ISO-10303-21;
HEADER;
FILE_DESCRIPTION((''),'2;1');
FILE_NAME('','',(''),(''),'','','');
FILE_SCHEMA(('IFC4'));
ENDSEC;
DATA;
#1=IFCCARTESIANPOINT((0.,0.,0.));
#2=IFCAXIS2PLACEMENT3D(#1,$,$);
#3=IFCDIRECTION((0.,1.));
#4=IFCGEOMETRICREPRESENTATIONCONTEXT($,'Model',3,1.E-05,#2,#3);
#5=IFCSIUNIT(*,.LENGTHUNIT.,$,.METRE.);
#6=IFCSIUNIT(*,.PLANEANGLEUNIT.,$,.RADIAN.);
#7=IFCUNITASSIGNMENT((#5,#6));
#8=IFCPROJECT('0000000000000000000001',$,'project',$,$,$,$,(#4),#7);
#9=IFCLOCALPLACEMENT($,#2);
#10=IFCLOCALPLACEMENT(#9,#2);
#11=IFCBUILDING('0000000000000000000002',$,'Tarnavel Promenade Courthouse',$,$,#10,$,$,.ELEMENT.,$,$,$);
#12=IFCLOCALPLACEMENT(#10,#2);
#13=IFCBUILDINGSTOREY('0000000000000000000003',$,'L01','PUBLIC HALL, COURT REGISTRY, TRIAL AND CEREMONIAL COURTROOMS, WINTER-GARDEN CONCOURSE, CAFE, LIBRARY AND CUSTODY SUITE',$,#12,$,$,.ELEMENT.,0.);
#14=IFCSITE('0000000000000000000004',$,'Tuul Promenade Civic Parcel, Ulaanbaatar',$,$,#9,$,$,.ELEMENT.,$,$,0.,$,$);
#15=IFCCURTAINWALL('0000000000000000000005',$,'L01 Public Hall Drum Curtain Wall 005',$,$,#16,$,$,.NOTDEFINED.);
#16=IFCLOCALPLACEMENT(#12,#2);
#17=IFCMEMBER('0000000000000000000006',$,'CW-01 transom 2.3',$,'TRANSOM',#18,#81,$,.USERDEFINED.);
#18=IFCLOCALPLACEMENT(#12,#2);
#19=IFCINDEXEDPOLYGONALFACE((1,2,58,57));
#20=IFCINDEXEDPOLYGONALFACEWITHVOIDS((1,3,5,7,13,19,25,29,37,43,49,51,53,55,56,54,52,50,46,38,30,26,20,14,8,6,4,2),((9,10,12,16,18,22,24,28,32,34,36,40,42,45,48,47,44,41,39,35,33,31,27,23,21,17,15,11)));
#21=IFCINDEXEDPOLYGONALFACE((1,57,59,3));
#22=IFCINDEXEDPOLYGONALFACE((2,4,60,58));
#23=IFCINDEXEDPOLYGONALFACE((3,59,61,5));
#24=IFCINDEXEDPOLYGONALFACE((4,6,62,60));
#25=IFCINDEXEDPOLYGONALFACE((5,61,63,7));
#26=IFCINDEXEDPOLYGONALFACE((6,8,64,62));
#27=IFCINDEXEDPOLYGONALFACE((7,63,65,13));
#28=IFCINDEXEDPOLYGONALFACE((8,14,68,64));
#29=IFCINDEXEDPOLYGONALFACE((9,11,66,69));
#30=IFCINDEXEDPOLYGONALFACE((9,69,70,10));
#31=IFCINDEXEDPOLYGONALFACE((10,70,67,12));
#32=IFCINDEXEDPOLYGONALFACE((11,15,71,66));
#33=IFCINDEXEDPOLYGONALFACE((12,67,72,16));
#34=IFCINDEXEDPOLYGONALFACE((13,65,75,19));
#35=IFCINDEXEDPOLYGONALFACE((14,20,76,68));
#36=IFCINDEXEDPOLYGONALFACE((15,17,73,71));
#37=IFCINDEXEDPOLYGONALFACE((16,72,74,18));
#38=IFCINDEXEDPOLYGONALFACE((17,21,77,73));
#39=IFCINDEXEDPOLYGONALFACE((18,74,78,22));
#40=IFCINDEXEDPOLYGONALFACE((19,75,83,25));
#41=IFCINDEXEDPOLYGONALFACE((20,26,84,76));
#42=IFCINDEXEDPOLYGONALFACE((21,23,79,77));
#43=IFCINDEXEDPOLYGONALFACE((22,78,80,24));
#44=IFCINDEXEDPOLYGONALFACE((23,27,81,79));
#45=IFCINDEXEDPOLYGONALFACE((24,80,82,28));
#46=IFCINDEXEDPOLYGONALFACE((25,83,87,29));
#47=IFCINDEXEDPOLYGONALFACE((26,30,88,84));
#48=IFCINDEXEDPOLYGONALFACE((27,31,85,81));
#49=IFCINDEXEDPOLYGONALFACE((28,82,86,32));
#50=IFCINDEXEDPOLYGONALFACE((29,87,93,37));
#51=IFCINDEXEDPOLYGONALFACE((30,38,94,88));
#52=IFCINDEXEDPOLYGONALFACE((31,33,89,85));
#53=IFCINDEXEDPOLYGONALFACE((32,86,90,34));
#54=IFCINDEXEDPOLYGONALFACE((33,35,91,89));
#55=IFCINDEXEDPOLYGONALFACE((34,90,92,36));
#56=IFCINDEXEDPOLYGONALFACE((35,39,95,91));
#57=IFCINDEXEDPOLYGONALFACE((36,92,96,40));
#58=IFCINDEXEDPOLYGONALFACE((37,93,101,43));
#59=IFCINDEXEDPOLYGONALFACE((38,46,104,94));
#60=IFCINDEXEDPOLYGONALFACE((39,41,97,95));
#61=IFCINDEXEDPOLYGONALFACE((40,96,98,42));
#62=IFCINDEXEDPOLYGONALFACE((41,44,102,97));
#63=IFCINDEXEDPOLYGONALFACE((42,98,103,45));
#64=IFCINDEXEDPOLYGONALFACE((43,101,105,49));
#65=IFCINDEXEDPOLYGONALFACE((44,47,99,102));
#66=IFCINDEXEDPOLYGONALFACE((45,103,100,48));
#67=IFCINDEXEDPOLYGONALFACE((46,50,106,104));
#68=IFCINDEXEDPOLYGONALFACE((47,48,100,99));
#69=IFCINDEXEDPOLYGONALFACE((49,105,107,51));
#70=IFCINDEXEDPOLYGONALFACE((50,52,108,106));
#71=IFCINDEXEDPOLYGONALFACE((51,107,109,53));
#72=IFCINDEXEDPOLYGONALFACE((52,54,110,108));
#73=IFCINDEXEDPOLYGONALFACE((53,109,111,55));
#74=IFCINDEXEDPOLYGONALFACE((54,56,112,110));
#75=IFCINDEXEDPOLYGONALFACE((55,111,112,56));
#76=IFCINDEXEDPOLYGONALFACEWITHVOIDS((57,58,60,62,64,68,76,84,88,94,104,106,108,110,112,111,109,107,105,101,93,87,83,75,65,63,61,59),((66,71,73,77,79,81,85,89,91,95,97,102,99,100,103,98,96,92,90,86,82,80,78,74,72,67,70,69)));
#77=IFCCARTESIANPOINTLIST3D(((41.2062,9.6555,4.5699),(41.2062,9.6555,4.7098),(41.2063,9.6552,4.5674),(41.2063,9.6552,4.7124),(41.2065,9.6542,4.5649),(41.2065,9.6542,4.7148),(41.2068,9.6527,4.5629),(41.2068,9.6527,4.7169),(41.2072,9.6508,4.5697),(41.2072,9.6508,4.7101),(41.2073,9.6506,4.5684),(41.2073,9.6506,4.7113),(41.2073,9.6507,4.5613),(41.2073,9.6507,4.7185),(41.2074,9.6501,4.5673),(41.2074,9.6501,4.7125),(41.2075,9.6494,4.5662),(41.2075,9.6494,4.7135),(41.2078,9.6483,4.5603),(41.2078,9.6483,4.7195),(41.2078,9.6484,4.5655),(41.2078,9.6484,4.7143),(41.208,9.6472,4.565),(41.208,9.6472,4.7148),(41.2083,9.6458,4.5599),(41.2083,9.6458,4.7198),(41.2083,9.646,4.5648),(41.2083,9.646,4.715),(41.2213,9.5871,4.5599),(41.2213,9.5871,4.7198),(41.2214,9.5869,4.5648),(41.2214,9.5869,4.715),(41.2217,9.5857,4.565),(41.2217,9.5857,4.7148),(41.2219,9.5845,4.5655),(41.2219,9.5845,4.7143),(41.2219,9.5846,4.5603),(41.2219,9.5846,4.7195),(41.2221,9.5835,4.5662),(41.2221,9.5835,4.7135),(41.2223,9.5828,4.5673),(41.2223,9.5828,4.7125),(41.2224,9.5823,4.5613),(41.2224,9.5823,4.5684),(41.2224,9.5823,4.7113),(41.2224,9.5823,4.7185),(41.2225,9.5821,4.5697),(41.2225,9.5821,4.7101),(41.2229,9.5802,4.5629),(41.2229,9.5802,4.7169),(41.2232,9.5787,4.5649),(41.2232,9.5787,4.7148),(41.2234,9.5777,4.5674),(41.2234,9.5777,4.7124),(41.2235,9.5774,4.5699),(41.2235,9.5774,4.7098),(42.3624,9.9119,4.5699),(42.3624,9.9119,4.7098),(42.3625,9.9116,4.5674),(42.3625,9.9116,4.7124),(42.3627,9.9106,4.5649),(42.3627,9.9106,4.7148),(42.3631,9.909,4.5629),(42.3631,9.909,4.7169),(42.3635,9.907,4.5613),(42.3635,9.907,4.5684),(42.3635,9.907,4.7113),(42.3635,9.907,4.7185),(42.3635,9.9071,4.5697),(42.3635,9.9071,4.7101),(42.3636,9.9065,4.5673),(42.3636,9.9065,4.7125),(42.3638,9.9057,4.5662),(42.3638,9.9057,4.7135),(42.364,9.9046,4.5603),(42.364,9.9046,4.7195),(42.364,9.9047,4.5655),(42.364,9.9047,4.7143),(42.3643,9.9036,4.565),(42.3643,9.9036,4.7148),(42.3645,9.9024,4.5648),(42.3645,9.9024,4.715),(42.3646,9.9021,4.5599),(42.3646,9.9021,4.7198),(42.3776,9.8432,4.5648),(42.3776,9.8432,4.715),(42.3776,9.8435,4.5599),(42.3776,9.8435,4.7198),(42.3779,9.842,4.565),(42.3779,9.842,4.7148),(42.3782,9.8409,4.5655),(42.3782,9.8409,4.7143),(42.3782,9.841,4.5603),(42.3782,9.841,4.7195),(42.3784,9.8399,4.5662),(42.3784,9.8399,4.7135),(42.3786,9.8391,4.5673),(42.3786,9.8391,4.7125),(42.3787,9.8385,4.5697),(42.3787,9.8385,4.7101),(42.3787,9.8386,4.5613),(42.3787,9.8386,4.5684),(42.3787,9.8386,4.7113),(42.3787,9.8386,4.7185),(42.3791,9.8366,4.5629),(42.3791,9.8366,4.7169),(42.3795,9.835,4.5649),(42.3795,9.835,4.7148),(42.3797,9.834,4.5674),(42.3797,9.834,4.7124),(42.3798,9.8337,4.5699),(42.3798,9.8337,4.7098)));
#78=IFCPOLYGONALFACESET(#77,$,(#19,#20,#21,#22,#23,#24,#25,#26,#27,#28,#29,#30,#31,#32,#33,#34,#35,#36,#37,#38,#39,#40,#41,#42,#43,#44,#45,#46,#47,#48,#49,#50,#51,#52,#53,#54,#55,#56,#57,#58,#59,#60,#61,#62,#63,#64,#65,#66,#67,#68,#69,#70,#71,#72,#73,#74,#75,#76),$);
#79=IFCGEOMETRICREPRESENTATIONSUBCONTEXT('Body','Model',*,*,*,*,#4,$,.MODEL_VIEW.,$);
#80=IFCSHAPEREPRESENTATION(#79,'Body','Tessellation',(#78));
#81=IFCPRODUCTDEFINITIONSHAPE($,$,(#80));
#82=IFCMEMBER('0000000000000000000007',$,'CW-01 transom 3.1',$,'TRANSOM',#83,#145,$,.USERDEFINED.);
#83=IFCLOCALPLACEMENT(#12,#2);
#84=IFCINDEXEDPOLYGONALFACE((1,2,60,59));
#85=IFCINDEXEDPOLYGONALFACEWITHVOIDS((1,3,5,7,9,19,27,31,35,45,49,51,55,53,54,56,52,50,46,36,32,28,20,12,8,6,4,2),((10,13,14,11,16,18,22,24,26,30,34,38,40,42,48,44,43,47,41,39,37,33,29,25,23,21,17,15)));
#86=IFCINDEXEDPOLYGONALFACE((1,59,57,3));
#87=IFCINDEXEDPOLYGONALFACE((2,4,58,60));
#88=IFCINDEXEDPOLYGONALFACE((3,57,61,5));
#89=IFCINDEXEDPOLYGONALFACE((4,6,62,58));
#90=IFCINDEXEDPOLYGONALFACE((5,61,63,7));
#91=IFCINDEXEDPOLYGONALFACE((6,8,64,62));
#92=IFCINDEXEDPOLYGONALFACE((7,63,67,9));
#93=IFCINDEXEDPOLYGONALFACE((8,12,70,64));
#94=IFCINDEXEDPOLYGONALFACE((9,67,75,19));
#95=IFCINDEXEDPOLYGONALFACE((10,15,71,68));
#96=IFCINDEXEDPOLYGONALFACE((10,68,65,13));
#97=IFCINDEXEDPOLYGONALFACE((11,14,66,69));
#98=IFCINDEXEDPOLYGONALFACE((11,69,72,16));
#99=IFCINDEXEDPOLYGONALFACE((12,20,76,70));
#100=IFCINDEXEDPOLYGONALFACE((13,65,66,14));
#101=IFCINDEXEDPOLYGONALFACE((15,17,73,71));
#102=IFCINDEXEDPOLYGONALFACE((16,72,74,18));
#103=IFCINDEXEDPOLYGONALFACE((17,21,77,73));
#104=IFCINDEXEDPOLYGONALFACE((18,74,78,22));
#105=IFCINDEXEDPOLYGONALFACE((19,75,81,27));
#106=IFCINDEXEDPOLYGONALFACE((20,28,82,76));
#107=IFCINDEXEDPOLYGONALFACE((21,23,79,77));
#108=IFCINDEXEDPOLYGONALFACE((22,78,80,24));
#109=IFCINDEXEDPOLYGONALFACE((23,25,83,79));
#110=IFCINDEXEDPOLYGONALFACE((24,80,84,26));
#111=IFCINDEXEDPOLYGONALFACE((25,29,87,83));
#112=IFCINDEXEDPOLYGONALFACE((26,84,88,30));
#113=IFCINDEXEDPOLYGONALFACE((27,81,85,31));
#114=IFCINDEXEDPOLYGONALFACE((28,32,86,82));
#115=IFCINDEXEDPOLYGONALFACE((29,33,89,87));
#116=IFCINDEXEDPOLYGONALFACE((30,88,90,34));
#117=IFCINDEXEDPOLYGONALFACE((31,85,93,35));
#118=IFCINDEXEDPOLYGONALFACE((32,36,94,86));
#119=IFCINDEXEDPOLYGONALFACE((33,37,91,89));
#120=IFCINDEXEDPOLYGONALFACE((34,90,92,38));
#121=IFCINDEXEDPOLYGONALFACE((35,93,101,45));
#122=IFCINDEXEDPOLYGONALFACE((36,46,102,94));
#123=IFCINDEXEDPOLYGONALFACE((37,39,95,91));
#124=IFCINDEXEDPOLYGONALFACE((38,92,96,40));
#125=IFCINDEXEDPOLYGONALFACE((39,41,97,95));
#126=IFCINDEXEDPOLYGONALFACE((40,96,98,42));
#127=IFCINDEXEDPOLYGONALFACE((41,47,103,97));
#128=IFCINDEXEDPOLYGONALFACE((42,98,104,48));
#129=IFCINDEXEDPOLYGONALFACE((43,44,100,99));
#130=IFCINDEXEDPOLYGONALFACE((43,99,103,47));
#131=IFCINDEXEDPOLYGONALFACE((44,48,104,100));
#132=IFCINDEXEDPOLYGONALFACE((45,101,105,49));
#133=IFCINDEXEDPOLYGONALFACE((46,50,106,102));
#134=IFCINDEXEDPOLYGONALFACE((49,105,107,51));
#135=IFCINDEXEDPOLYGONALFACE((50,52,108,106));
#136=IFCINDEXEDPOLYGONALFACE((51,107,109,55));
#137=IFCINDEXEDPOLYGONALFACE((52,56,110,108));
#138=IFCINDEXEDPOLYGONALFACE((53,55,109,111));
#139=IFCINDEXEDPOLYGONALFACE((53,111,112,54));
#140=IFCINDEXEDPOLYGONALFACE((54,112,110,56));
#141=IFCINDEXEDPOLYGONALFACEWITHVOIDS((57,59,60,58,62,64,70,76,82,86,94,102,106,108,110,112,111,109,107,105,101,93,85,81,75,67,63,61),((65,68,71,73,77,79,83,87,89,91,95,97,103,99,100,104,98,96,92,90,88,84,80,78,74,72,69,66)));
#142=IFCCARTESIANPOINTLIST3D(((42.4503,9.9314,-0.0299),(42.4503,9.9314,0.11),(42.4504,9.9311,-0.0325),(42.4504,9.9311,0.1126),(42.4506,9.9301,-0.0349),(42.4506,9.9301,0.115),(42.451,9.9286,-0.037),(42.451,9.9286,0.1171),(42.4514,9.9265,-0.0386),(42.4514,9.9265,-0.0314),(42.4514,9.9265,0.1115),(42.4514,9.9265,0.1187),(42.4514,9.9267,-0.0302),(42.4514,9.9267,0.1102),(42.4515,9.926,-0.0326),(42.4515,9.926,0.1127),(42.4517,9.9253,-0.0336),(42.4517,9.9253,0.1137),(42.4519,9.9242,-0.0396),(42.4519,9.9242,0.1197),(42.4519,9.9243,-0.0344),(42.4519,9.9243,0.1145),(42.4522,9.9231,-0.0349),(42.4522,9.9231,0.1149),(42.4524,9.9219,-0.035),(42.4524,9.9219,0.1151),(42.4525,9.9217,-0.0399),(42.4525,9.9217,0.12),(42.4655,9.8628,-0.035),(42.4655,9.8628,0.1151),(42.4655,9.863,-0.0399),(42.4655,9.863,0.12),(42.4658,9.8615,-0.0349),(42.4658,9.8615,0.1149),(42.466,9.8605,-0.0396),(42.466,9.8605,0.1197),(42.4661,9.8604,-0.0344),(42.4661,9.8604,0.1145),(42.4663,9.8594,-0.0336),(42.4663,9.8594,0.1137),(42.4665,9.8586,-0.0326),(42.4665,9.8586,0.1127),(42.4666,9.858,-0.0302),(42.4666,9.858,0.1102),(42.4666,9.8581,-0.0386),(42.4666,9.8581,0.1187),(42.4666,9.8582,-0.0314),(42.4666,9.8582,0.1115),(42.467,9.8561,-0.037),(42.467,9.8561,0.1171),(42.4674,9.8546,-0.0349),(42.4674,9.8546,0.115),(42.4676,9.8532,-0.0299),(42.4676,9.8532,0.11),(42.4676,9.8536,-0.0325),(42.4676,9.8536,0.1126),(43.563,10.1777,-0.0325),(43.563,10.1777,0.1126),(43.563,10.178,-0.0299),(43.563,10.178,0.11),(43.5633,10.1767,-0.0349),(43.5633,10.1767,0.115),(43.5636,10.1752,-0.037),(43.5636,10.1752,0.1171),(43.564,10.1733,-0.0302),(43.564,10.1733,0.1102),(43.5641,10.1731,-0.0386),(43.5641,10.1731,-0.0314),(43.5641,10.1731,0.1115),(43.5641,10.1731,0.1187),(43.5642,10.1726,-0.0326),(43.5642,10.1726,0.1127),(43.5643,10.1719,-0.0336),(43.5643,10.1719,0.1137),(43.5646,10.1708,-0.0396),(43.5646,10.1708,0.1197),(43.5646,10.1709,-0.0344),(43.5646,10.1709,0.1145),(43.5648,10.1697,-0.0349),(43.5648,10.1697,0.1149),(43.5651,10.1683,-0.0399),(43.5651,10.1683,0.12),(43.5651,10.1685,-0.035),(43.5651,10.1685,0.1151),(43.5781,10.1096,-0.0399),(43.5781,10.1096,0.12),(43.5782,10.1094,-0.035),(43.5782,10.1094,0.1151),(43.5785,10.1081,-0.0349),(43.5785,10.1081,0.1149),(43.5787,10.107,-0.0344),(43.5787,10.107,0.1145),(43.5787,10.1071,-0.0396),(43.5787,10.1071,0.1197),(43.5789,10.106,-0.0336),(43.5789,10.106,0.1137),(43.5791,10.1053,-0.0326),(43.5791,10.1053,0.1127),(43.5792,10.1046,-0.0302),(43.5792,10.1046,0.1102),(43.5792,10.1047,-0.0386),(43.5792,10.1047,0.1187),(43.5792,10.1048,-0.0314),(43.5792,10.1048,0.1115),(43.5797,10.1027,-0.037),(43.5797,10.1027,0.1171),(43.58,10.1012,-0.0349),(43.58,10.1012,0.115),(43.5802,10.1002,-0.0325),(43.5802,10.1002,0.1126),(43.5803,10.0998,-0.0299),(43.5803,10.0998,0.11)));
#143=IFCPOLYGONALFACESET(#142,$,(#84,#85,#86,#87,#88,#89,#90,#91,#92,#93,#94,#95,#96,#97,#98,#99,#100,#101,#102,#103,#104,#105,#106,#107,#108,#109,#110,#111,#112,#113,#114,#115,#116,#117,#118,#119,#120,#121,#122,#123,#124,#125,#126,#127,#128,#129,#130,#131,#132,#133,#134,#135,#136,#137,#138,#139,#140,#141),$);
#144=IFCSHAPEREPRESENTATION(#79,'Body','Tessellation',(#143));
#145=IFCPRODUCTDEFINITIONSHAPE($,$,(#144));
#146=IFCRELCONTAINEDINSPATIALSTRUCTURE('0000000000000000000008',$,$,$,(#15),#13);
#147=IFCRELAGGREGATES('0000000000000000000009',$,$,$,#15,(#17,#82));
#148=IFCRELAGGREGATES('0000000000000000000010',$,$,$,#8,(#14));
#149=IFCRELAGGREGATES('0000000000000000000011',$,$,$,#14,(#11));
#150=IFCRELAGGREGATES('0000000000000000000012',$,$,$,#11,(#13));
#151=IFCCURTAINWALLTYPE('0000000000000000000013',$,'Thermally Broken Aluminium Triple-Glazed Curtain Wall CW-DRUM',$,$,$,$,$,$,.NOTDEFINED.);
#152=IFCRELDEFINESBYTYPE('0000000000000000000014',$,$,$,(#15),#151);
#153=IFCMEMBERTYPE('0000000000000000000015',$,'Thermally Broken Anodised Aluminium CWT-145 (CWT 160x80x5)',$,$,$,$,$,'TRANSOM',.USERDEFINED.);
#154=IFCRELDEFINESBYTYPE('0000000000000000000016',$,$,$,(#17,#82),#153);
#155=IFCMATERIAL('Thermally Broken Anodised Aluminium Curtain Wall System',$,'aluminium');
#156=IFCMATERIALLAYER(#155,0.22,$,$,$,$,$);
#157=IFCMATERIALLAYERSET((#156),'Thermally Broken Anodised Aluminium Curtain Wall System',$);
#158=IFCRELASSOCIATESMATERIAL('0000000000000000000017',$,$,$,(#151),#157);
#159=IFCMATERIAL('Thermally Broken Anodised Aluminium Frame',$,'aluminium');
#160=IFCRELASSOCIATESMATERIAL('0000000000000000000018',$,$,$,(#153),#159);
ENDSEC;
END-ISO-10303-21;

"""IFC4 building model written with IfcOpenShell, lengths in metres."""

from ifc_helpers import new_model, si_unit, direction, frame, origin, origin_2d, place, context, subcontext, project, spatial, hollow_rectangle, extrude, material, layer, layer_set, material_profile, profile_set, type_object, element, aggregate, save


model = new_model("IFC4")

# Units and contexts
model_context = context("Model", 3, precision=1e-05, world=origin(), true_north=direction((0.0, 1.0)))
body_context = subcontext(model_context, "Body", "Model", "MODEL_VIEW")
ifc_project = project(units=[si_unit("LENGTHUNIT", "METRE"), si_unit("PLANEANGLEUNIT", "RADIAN")], contexts=[model_context])

# Site, building, storey
site_placement = place(None, origin())
site = spatial("IfcSite", under=ifc_project, at=site_placement, Name="Tuul Promenade Civic Parcel, Ulaanbaatar", CompositionType="ELEMENT", RefElevation=0.0)
building_placement = place(site_placement, origin())
building = spatial("IfcBuilding", under=site, at=building_placement, Name="Tarnavel Promenade Courthouse", CompositionType="ELEMENT")
storey_placement = place(building_placement, origin())
storey = spatial("IfcBuildingStorey", under=building, at=storey_placement, Name="L01", Description="PUBLIC HALL, COURT REGISTRY, TRIAL AND CEREMONIAL COURTROOMS, WINTER-GARDEN CONCOURSE, CAFE, LIBRARY AND CUSTODY SUITE", CompositionType="ELEMENT", Elevation=0.0)

# Curtain wall
ifc_material_1 = material(Name="Thermally Broken Anodised Aluminium Curtain Wall System", Category="aluminium")
ifc_layer_1 = layer(ifc_material_1, 0.22)
ifc_layer_set_1 = layer_set([ifc_layer_1], Name="Thermally Broken Anodised Aluminium Curtain Wall System")
curtain_wall_type = type_object("IfcCurtainWallType", Name="Thermally Broken Aluminium Triple-Glazed Curtain Wall CW-DRUM", PredefinedType="NOTDEFINED", material=ifc_layer_set_1)
curtain_wall_1_placement = place(storey_placement, origin())
curtain_wall_1 = element("IfcCurtainWall", 1, at=curtain_wall_1_placement, inside=storey, type_object=curtain_wall_type, Name="L01 Public Hall Drum Curtain Wall 005", PredefinedType="NOTDEFINED")
ifc_material_2 = material(Name="Thermally Broken Anodised Aluminium Frame", Category="aluminium")

# Members
ifc_material_profile_1 = material_profile(ifc_material_2, hollow_rectangle(XDim=0.0801, YDim=0.1599, WallThickness=0.0049, InnerFilletRadius=0.0049, OuterFilletRadius=0.01, at=origin_2d()), Name="CWT 160x80x5")
ifc_profile_set_1 = profile_set([ifc_material_profile_1], Name="Thermally Broken Anodised Aluminium Frame")
member_type_1 = type_object("IfcMemberType", Name="Thermally Broken Anodised Aluminium CWT-145 (CWT 160x80x5)", ElementType="TRANSOM", PredefinedType="USERDEFINED", material=ifc_profile_set_1)
member_1_placement = place(storey_placement, frame((41.2148, 9.6165, 4.6399), z_axis=(0.976294, 0.21645, 0.0), x_axis=(-0.21645, 0.976294, 0.0)))
member_1 = element("IfcMember", 2, at=member_1_placement, type_object=member_type_1, Name="CW-01 transom 2.3", ObjectType="TRANSOM", PredefinedType="USERDEFINED", context=body_context, shape_type="SweptSolid", body=[
    extrude(hollow_rectangle(XDim=0.0801, YDim=0.1599, WallThickness=0.0049, InnerFilletRadius=0.0049, OuterFilletRadius=0.01, at=origin_2d()), origin(), (0.0, 0.0, 1.0), 1.1843),
])
member_2_placement = place(storey_placement, frame((42.459, 9.8923, 0.04), z_axis=(0.976308, 0.216386, 0.0), x_axis=(-0.216386, 0.976308, 0.0)))
member_2 = element("IfcMember", 3, at=member_2_placement, type_object=member_type_1, Name="CW-01 transom 3.1", ObjectType="TRANSOM", PredefinedType="USERDEFINED", context=body_context, shape_type="SweptSolid", body=[
    extrude(hollow_rectangle(XDim=0.0801, YDim=0.1599, WallThickness=0.0049, InnerFilletRadius=0.0049, OuterFilletRadius=0.01, at=origin_2d()), origin(), (0.0, 0.0, 1.0), 1.1396),
])

aggregate(curtain_wall_1, [member_1, member_2])

save(model, "model.ifc")
